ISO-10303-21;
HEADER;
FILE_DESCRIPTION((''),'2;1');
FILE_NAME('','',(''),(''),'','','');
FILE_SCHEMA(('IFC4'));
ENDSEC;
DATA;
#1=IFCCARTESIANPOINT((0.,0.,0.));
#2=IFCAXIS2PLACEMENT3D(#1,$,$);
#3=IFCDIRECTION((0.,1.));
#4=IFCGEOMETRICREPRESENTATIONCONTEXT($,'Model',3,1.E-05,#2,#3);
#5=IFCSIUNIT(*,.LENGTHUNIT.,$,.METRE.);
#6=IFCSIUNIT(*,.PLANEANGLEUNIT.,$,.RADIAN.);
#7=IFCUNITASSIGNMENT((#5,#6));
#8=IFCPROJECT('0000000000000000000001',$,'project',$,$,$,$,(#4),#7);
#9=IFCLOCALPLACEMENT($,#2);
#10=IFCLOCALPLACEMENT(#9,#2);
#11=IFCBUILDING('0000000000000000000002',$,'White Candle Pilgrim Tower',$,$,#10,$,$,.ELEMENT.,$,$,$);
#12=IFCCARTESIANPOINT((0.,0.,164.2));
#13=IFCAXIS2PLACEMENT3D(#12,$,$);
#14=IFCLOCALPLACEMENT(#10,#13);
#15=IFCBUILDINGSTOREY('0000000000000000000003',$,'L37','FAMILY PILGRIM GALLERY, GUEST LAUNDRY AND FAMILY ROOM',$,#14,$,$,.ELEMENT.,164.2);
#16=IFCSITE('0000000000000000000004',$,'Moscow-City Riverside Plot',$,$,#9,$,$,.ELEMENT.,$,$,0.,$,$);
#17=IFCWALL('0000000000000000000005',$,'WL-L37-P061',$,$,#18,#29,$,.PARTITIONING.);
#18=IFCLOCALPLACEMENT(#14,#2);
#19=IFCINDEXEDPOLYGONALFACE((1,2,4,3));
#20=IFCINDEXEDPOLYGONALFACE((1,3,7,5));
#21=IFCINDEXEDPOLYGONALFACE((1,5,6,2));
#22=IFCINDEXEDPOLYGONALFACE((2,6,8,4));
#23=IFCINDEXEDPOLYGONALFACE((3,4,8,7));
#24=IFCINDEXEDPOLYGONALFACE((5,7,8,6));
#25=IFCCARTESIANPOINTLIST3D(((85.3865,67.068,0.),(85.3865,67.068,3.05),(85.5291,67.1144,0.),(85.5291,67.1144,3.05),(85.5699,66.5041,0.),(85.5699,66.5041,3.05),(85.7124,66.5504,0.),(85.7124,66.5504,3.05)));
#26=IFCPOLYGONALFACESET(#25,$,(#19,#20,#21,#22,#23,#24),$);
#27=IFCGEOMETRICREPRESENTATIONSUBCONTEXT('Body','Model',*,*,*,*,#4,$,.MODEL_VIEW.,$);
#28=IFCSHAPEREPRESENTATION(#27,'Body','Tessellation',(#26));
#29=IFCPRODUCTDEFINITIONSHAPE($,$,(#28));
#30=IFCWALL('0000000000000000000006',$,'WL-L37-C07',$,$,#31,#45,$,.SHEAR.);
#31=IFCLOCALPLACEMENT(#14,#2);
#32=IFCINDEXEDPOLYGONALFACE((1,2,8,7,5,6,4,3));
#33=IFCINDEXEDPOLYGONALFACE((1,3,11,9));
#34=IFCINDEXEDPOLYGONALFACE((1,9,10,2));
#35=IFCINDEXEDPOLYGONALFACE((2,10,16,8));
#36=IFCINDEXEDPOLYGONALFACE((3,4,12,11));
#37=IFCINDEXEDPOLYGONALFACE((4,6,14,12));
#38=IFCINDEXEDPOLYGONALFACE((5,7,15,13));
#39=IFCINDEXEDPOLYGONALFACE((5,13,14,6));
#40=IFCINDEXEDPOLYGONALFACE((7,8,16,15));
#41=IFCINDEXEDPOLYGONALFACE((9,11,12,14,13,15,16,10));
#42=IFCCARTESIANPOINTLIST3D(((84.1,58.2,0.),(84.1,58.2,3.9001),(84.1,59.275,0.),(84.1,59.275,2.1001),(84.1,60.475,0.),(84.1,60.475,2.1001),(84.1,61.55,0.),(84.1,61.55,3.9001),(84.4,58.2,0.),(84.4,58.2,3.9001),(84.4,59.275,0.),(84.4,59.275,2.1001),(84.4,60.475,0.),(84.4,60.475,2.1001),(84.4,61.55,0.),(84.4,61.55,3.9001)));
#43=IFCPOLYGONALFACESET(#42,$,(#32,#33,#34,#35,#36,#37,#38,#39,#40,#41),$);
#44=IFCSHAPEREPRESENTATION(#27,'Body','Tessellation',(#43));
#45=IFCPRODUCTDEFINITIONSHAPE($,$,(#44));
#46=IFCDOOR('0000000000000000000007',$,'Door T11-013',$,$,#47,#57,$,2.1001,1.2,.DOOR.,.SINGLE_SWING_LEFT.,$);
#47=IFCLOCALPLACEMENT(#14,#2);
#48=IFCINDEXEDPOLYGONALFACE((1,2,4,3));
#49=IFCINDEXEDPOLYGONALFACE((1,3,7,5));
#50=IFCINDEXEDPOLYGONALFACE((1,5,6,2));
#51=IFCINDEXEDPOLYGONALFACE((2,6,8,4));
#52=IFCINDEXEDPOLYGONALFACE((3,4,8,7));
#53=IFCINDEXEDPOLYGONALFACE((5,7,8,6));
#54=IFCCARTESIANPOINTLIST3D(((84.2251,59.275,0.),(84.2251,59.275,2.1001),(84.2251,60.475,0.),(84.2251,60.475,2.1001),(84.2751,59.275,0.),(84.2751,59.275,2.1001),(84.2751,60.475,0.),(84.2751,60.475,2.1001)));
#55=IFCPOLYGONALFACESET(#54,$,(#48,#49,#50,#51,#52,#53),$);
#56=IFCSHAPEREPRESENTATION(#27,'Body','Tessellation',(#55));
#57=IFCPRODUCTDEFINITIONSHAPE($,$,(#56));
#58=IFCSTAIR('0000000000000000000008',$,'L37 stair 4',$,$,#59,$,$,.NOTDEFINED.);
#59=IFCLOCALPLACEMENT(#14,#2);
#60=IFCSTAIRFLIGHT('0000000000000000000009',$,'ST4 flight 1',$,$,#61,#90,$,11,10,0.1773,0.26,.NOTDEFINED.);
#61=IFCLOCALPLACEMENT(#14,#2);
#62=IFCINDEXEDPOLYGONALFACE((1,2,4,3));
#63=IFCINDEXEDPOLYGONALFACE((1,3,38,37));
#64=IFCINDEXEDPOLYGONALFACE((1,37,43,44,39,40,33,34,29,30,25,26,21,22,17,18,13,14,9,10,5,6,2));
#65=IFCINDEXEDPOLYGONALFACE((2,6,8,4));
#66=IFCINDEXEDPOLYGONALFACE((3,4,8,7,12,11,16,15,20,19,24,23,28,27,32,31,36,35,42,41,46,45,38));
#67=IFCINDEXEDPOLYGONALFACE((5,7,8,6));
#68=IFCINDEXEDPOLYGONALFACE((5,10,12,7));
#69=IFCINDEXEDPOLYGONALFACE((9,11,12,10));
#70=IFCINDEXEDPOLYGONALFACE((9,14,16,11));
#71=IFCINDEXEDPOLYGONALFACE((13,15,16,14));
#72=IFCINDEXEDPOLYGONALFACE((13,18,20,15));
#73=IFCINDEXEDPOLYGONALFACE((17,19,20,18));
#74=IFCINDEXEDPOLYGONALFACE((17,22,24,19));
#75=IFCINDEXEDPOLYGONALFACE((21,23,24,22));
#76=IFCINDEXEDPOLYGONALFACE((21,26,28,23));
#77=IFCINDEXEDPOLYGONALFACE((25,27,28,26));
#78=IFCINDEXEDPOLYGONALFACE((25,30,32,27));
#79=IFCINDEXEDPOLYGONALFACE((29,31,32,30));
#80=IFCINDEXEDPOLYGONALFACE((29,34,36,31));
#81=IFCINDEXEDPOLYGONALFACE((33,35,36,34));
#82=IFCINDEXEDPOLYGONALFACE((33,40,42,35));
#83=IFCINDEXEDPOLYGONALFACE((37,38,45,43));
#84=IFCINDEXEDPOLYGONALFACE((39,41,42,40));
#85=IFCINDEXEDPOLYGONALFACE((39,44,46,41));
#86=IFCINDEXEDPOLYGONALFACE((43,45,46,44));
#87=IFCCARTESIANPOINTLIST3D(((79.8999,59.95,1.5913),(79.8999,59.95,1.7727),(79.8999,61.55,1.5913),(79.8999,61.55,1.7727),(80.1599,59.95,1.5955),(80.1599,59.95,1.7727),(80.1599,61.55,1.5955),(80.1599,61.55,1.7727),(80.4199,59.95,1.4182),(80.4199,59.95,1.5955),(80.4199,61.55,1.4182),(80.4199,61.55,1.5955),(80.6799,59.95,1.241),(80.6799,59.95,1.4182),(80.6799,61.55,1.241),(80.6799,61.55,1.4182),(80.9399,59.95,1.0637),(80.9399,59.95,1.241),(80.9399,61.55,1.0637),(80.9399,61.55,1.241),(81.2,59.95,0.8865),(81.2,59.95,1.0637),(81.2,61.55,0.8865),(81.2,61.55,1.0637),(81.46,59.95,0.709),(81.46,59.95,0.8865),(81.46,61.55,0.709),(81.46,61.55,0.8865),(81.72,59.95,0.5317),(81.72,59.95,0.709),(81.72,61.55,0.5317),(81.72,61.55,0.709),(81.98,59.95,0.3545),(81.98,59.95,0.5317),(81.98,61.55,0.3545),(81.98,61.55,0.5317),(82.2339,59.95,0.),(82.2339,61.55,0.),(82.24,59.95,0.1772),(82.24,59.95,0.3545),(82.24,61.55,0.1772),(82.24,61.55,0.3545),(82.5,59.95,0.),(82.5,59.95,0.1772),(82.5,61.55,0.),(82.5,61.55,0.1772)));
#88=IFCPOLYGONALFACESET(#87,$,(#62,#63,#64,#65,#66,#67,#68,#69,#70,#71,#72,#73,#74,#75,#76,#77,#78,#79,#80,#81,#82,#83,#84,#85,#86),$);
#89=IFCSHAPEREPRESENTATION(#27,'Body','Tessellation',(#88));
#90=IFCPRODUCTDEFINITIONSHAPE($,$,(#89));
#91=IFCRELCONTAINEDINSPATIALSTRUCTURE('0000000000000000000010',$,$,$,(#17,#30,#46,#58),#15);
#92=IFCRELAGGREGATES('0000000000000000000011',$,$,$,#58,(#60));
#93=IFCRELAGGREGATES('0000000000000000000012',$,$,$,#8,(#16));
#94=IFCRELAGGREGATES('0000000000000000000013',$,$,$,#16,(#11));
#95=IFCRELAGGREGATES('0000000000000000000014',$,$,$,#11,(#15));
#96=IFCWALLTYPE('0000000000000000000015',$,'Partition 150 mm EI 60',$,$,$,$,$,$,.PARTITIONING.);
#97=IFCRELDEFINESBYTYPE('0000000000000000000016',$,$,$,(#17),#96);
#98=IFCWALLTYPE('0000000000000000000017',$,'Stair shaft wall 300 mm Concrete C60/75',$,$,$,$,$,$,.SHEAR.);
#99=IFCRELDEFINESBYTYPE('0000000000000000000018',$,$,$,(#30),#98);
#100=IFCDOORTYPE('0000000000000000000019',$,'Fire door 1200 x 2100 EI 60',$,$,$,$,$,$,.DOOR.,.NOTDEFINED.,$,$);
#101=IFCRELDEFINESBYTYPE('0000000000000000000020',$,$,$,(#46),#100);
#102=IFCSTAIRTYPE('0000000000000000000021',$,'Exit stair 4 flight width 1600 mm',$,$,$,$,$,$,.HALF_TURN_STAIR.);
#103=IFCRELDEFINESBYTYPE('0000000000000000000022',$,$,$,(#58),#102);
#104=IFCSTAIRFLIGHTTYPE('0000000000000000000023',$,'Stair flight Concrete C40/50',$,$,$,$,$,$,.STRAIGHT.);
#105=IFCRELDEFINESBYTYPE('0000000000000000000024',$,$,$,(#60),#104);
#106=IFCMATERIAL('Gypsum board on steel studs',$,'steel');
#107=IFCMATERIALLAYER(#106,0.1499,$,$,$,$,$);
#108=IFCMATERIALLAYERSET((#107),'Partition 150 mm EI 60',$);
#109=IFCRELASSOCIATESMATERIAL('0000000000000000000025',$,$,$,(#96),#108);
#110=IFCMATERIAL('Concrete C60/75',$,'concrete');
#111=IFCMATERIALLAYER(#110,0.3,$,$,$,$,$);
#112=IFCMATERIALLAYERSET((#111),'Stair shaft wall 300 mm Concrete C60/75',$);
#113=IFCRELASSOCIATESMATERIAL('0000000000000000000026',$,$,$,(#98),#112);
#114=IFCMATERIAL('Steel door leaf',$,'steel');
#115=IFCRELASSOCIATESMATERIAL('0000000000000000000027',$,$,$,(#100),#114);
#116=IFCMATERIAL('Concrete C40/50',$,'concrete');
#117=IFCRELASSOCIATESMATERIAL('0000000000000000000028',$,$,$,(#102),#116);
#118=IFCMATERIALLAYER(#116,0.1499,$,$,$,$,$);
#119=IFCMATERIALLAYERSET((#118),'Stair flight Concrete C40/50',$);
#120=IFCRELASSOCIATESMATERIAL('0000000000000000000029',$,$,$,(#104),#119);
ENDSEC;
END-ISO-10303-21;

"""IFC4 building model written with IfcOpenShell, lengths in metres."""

from ifc_helpers import new_model, si_unit, direction, frame, frame_2d, origin, place, context, subcontext, project, spatial, polyline, rectangle, outline, extrude, material, layer, layer_set, type_object, element, fill, aggregate, save


model = new_model("IFC4")

# Units and contexts
model_context = context("Model", 3, precision=1e-05, world=origin(), true_north=direction((0.0, 1.0)))
body_context = subcontext(model_context, "Body", "Model", "MODEL_VIEW")
ifc_project = project(units=[si_unit("LENGTHUNIT", "METRE"), si_unit("PLANEANGLEUNIT", "RADIAN")], contexts=[model_context])

# Site, building, storey
site_placement = place(None, origin())
site = spatial("IfcSite", under=ifc_project, at=site_placement, Name="Moscow-City Riverside Plot", CompositionType="ELEMENT", RefElevation=0.0)
building_placement = place(site_placement, origin())
building = spatial("IfcBuilding", under=site, at=building_placement, Name="White Candle Pilgrim Tower", CompositionType="ELEMENT")
storey_placement = place(building_placement, frame((0.0, 0.0, 164.2)))
storey = spatial("IfcBuildingStorey", under=building, at=storey_placement, Name="L37", Description="FAMILY PILGRIM GALLERY, GUEST LAUNDRY AND FAMILY ROOM", CompositionType="ELEMENT", Elevation=164.2)

# Shared definitions
ifc_material_1 = material(Name="Concrete C60/75", Category="concrete")

# Shared definitions
ifc_material_2 = material(Name="Gypsum board on steel studs", Category="steel")
ifc_material_3 = material(Name="Steel door leaf", Category="steel")

# Shared definitions
ifc_layer_1 = layer(ifc_material_2, 0.1499)
ifc_layer_set_1 = layer_set([ifc_layer_1], Name="Partition 150 mm EI 60")
wall_type_1 = type_object("IfcWallType", Name="Partition 150 mm EI 60", PredefinedType="PARTITIONING", material=ifc_layer_set_1)

# Wall
wall_1_placement = place(storey_placement, frame((85.6411, 66.5273, 0.0), z_axis=(0.0, 0.0, 1.0), x_axis=(-0.309179, 0.951004, 0.0)))
element("IfcWall", 1, at=wall_1_placement, inside=storey, type_object=wall_type_1, Name="WL-L37-P061", PredefinedType="PARTITIONING", context=body_context, shape_type="SweptSolid", body=[
    extrude(rectangle(XDim=0.593, YDim=0.1499, at=frame_2d((0.2964, 0.0))), origin(), (0.0, 0.0, 1.0), 3.05),
])

# Wall, opening, door
ifc_layer_2 = layer(ifc_material_1, 0.3)
ifc_layer_set_2 = layer_set([ifc_layer_2], Name="Stair shaft wall 300 mm Concrete C60/75")
wall_type_2 = type_object("IfcWallType", Name="Stair shaft wall 300 mm Concrete C60/75", PredefinedType="SHEAR", material=ifc_layer_set_2)
wall_2_placement = place(storey_placement, frame((84.25, 58.2, 0.0), z_axis=(0.0, 0.0, 1.0), x_axis=(0.0, 1.0, 0.0)))
wall_2 = element("IfcWall", 2, at=wall_2_placement, inside=storey, type_object=wall_type_2, Name="WL-L37-C07", PredefinedType="SHEAR", context=body_context, shape_type="SweptSolid", body=[
    extrude(rectangle(XDim=3.3501, YDim=0.3, at=frame_2d((1.675, 0.0))), origin(), (0.0, 0.0, 1.0), 3.9001),
])
opening_1_placement = place(wall_2_placement, frame((1.075, 0.0, 0.0)))
opening_1 = element("IfcOpeningElement", 3, at=opening_1_placement, cuts=wall_2, PredefinedType="OPENING", context=body_context, shape_type="SweptSolid", body=[
    extrude(rectangle(XDim=1.2, YDim=2.1001, at=frame_2d((0.6001, 1.05))), frame((0.0, 0.1599, 0.0), z_axis=(0.0, -1.0, 0.0), x_axis=(1.0, 0.0, 0.0)), (0.0, 0.0, 1.0), 0.3201),
])
door_type_1 = type_object("IfcDoorType", Name="Fire door 1200 x 2100 EI 60", OperationType="NOTDEFINED", PredefinedType="DOOR", material=ifc_material_3)
door_1_placement = place(opening_1_placement, origin())
door_1 = element("IfcDoor", 4, at=door_1_placement, inside=storey, type_object=door_type_1, Name="Door T11-013", OperationType="SINGLE_SWING_LEFT", OverallHeight=2.1001, OverallWidth=1.2, PredefinedType="DOOR", context=body_context, shape_type="SweptSolid", body=[
    extrude(rectangle(XDim=1.2, YDim=2.1001, at=frame_2d((0.6001, 1.05))), frame((0.0, 0.0249, 0.0), z_axis=(0.0, -1.0, 0.0), x_axis=(1.0, 0.0, 0.0)), (0.0, 0.0, 1.0), 0.05),
])
fill(opening_1, door_1)

# Stair, stair flight
ifc_material_4 = material(Name="Concrete C40/50", Category="concrete")
stair_type = type_object("IfcStairType", Name="Exit stair 4 flight width 1600 mm", PredefinedType="HALF_TURN_STAIR", material=ifc_material_4)
stair_placement = place(storey_placement, origin())
stair = element("IfcStair", 5, at=stair_placement, inside=storey, type_object=stair_type, Name="L37 stair 4", PredefinedType="NOTDEFINED")
ifc_layer_3 = layer(ifc_material_4, 0.1499)
ifc_layer_set_3 = layer_set([ifc_layer_3], Name="Stair flight Concrete C40/50")
stair_flight_type = type_object("IfcStairFlightType", Name="Stair flight Concrete C40/50", PredefinedType="STRAIGHT", material=ifc_layer_set_3)
stair_flight_placement = place(storey_placement, frame((82.5, 60.75, 0.0), z_axis=(0.0, 0.0, 1.0), x_axis=(-1.0, 0.0, 0.0)))
stair_flight = element("IfcStairFlight", 6, at=stair_flight_placement, type_object=stair_flight_type, Name="ST4 flight 1", NumberOfRisers=11, NumberOfTreads=10, PredefinedType="NOTDEFINED", RiserHeight=0.1773, TreadLength=0.26, context=body_context, shape_type="SweptSolid", body=[
    extrude(outline(polyline([(0.0, 0.0), (0.0, 0.1772), (0.26, 0.1772), (0.26, 0.3545), (0.52, 0.3545), (0.52, 0.5317), (0.78, 0.5317), (0.78, 0.709), (1.04, 0.709), (1.04, 0.8865), (1.3, 0.8865), (1.3, 1.0637), (1.5601, 1.0637), (1.5601, 1.241), (1.8201, 1.241), (1.8201, 1.4182), (2.0801, 1.4182), (2.0801, 1.5955), (2.3401, 1.5955), (2.3401, 1.7727), (2.6001, 1.7727), (2.6001, 1.95), (2.6001, 1.5913), (0.2661, 0.0), (0.0, 0.0)])), frame((0.0, 0.8, 0.0), z_axis=(0.0, -1.0, 0.0), x_axis=(1.0, 0.0, 0.0)), (0.0, 0.0, 1.0), 1.6001),
])
aggregate(stair, [stair_flight])

save(model, "model.ifc")
